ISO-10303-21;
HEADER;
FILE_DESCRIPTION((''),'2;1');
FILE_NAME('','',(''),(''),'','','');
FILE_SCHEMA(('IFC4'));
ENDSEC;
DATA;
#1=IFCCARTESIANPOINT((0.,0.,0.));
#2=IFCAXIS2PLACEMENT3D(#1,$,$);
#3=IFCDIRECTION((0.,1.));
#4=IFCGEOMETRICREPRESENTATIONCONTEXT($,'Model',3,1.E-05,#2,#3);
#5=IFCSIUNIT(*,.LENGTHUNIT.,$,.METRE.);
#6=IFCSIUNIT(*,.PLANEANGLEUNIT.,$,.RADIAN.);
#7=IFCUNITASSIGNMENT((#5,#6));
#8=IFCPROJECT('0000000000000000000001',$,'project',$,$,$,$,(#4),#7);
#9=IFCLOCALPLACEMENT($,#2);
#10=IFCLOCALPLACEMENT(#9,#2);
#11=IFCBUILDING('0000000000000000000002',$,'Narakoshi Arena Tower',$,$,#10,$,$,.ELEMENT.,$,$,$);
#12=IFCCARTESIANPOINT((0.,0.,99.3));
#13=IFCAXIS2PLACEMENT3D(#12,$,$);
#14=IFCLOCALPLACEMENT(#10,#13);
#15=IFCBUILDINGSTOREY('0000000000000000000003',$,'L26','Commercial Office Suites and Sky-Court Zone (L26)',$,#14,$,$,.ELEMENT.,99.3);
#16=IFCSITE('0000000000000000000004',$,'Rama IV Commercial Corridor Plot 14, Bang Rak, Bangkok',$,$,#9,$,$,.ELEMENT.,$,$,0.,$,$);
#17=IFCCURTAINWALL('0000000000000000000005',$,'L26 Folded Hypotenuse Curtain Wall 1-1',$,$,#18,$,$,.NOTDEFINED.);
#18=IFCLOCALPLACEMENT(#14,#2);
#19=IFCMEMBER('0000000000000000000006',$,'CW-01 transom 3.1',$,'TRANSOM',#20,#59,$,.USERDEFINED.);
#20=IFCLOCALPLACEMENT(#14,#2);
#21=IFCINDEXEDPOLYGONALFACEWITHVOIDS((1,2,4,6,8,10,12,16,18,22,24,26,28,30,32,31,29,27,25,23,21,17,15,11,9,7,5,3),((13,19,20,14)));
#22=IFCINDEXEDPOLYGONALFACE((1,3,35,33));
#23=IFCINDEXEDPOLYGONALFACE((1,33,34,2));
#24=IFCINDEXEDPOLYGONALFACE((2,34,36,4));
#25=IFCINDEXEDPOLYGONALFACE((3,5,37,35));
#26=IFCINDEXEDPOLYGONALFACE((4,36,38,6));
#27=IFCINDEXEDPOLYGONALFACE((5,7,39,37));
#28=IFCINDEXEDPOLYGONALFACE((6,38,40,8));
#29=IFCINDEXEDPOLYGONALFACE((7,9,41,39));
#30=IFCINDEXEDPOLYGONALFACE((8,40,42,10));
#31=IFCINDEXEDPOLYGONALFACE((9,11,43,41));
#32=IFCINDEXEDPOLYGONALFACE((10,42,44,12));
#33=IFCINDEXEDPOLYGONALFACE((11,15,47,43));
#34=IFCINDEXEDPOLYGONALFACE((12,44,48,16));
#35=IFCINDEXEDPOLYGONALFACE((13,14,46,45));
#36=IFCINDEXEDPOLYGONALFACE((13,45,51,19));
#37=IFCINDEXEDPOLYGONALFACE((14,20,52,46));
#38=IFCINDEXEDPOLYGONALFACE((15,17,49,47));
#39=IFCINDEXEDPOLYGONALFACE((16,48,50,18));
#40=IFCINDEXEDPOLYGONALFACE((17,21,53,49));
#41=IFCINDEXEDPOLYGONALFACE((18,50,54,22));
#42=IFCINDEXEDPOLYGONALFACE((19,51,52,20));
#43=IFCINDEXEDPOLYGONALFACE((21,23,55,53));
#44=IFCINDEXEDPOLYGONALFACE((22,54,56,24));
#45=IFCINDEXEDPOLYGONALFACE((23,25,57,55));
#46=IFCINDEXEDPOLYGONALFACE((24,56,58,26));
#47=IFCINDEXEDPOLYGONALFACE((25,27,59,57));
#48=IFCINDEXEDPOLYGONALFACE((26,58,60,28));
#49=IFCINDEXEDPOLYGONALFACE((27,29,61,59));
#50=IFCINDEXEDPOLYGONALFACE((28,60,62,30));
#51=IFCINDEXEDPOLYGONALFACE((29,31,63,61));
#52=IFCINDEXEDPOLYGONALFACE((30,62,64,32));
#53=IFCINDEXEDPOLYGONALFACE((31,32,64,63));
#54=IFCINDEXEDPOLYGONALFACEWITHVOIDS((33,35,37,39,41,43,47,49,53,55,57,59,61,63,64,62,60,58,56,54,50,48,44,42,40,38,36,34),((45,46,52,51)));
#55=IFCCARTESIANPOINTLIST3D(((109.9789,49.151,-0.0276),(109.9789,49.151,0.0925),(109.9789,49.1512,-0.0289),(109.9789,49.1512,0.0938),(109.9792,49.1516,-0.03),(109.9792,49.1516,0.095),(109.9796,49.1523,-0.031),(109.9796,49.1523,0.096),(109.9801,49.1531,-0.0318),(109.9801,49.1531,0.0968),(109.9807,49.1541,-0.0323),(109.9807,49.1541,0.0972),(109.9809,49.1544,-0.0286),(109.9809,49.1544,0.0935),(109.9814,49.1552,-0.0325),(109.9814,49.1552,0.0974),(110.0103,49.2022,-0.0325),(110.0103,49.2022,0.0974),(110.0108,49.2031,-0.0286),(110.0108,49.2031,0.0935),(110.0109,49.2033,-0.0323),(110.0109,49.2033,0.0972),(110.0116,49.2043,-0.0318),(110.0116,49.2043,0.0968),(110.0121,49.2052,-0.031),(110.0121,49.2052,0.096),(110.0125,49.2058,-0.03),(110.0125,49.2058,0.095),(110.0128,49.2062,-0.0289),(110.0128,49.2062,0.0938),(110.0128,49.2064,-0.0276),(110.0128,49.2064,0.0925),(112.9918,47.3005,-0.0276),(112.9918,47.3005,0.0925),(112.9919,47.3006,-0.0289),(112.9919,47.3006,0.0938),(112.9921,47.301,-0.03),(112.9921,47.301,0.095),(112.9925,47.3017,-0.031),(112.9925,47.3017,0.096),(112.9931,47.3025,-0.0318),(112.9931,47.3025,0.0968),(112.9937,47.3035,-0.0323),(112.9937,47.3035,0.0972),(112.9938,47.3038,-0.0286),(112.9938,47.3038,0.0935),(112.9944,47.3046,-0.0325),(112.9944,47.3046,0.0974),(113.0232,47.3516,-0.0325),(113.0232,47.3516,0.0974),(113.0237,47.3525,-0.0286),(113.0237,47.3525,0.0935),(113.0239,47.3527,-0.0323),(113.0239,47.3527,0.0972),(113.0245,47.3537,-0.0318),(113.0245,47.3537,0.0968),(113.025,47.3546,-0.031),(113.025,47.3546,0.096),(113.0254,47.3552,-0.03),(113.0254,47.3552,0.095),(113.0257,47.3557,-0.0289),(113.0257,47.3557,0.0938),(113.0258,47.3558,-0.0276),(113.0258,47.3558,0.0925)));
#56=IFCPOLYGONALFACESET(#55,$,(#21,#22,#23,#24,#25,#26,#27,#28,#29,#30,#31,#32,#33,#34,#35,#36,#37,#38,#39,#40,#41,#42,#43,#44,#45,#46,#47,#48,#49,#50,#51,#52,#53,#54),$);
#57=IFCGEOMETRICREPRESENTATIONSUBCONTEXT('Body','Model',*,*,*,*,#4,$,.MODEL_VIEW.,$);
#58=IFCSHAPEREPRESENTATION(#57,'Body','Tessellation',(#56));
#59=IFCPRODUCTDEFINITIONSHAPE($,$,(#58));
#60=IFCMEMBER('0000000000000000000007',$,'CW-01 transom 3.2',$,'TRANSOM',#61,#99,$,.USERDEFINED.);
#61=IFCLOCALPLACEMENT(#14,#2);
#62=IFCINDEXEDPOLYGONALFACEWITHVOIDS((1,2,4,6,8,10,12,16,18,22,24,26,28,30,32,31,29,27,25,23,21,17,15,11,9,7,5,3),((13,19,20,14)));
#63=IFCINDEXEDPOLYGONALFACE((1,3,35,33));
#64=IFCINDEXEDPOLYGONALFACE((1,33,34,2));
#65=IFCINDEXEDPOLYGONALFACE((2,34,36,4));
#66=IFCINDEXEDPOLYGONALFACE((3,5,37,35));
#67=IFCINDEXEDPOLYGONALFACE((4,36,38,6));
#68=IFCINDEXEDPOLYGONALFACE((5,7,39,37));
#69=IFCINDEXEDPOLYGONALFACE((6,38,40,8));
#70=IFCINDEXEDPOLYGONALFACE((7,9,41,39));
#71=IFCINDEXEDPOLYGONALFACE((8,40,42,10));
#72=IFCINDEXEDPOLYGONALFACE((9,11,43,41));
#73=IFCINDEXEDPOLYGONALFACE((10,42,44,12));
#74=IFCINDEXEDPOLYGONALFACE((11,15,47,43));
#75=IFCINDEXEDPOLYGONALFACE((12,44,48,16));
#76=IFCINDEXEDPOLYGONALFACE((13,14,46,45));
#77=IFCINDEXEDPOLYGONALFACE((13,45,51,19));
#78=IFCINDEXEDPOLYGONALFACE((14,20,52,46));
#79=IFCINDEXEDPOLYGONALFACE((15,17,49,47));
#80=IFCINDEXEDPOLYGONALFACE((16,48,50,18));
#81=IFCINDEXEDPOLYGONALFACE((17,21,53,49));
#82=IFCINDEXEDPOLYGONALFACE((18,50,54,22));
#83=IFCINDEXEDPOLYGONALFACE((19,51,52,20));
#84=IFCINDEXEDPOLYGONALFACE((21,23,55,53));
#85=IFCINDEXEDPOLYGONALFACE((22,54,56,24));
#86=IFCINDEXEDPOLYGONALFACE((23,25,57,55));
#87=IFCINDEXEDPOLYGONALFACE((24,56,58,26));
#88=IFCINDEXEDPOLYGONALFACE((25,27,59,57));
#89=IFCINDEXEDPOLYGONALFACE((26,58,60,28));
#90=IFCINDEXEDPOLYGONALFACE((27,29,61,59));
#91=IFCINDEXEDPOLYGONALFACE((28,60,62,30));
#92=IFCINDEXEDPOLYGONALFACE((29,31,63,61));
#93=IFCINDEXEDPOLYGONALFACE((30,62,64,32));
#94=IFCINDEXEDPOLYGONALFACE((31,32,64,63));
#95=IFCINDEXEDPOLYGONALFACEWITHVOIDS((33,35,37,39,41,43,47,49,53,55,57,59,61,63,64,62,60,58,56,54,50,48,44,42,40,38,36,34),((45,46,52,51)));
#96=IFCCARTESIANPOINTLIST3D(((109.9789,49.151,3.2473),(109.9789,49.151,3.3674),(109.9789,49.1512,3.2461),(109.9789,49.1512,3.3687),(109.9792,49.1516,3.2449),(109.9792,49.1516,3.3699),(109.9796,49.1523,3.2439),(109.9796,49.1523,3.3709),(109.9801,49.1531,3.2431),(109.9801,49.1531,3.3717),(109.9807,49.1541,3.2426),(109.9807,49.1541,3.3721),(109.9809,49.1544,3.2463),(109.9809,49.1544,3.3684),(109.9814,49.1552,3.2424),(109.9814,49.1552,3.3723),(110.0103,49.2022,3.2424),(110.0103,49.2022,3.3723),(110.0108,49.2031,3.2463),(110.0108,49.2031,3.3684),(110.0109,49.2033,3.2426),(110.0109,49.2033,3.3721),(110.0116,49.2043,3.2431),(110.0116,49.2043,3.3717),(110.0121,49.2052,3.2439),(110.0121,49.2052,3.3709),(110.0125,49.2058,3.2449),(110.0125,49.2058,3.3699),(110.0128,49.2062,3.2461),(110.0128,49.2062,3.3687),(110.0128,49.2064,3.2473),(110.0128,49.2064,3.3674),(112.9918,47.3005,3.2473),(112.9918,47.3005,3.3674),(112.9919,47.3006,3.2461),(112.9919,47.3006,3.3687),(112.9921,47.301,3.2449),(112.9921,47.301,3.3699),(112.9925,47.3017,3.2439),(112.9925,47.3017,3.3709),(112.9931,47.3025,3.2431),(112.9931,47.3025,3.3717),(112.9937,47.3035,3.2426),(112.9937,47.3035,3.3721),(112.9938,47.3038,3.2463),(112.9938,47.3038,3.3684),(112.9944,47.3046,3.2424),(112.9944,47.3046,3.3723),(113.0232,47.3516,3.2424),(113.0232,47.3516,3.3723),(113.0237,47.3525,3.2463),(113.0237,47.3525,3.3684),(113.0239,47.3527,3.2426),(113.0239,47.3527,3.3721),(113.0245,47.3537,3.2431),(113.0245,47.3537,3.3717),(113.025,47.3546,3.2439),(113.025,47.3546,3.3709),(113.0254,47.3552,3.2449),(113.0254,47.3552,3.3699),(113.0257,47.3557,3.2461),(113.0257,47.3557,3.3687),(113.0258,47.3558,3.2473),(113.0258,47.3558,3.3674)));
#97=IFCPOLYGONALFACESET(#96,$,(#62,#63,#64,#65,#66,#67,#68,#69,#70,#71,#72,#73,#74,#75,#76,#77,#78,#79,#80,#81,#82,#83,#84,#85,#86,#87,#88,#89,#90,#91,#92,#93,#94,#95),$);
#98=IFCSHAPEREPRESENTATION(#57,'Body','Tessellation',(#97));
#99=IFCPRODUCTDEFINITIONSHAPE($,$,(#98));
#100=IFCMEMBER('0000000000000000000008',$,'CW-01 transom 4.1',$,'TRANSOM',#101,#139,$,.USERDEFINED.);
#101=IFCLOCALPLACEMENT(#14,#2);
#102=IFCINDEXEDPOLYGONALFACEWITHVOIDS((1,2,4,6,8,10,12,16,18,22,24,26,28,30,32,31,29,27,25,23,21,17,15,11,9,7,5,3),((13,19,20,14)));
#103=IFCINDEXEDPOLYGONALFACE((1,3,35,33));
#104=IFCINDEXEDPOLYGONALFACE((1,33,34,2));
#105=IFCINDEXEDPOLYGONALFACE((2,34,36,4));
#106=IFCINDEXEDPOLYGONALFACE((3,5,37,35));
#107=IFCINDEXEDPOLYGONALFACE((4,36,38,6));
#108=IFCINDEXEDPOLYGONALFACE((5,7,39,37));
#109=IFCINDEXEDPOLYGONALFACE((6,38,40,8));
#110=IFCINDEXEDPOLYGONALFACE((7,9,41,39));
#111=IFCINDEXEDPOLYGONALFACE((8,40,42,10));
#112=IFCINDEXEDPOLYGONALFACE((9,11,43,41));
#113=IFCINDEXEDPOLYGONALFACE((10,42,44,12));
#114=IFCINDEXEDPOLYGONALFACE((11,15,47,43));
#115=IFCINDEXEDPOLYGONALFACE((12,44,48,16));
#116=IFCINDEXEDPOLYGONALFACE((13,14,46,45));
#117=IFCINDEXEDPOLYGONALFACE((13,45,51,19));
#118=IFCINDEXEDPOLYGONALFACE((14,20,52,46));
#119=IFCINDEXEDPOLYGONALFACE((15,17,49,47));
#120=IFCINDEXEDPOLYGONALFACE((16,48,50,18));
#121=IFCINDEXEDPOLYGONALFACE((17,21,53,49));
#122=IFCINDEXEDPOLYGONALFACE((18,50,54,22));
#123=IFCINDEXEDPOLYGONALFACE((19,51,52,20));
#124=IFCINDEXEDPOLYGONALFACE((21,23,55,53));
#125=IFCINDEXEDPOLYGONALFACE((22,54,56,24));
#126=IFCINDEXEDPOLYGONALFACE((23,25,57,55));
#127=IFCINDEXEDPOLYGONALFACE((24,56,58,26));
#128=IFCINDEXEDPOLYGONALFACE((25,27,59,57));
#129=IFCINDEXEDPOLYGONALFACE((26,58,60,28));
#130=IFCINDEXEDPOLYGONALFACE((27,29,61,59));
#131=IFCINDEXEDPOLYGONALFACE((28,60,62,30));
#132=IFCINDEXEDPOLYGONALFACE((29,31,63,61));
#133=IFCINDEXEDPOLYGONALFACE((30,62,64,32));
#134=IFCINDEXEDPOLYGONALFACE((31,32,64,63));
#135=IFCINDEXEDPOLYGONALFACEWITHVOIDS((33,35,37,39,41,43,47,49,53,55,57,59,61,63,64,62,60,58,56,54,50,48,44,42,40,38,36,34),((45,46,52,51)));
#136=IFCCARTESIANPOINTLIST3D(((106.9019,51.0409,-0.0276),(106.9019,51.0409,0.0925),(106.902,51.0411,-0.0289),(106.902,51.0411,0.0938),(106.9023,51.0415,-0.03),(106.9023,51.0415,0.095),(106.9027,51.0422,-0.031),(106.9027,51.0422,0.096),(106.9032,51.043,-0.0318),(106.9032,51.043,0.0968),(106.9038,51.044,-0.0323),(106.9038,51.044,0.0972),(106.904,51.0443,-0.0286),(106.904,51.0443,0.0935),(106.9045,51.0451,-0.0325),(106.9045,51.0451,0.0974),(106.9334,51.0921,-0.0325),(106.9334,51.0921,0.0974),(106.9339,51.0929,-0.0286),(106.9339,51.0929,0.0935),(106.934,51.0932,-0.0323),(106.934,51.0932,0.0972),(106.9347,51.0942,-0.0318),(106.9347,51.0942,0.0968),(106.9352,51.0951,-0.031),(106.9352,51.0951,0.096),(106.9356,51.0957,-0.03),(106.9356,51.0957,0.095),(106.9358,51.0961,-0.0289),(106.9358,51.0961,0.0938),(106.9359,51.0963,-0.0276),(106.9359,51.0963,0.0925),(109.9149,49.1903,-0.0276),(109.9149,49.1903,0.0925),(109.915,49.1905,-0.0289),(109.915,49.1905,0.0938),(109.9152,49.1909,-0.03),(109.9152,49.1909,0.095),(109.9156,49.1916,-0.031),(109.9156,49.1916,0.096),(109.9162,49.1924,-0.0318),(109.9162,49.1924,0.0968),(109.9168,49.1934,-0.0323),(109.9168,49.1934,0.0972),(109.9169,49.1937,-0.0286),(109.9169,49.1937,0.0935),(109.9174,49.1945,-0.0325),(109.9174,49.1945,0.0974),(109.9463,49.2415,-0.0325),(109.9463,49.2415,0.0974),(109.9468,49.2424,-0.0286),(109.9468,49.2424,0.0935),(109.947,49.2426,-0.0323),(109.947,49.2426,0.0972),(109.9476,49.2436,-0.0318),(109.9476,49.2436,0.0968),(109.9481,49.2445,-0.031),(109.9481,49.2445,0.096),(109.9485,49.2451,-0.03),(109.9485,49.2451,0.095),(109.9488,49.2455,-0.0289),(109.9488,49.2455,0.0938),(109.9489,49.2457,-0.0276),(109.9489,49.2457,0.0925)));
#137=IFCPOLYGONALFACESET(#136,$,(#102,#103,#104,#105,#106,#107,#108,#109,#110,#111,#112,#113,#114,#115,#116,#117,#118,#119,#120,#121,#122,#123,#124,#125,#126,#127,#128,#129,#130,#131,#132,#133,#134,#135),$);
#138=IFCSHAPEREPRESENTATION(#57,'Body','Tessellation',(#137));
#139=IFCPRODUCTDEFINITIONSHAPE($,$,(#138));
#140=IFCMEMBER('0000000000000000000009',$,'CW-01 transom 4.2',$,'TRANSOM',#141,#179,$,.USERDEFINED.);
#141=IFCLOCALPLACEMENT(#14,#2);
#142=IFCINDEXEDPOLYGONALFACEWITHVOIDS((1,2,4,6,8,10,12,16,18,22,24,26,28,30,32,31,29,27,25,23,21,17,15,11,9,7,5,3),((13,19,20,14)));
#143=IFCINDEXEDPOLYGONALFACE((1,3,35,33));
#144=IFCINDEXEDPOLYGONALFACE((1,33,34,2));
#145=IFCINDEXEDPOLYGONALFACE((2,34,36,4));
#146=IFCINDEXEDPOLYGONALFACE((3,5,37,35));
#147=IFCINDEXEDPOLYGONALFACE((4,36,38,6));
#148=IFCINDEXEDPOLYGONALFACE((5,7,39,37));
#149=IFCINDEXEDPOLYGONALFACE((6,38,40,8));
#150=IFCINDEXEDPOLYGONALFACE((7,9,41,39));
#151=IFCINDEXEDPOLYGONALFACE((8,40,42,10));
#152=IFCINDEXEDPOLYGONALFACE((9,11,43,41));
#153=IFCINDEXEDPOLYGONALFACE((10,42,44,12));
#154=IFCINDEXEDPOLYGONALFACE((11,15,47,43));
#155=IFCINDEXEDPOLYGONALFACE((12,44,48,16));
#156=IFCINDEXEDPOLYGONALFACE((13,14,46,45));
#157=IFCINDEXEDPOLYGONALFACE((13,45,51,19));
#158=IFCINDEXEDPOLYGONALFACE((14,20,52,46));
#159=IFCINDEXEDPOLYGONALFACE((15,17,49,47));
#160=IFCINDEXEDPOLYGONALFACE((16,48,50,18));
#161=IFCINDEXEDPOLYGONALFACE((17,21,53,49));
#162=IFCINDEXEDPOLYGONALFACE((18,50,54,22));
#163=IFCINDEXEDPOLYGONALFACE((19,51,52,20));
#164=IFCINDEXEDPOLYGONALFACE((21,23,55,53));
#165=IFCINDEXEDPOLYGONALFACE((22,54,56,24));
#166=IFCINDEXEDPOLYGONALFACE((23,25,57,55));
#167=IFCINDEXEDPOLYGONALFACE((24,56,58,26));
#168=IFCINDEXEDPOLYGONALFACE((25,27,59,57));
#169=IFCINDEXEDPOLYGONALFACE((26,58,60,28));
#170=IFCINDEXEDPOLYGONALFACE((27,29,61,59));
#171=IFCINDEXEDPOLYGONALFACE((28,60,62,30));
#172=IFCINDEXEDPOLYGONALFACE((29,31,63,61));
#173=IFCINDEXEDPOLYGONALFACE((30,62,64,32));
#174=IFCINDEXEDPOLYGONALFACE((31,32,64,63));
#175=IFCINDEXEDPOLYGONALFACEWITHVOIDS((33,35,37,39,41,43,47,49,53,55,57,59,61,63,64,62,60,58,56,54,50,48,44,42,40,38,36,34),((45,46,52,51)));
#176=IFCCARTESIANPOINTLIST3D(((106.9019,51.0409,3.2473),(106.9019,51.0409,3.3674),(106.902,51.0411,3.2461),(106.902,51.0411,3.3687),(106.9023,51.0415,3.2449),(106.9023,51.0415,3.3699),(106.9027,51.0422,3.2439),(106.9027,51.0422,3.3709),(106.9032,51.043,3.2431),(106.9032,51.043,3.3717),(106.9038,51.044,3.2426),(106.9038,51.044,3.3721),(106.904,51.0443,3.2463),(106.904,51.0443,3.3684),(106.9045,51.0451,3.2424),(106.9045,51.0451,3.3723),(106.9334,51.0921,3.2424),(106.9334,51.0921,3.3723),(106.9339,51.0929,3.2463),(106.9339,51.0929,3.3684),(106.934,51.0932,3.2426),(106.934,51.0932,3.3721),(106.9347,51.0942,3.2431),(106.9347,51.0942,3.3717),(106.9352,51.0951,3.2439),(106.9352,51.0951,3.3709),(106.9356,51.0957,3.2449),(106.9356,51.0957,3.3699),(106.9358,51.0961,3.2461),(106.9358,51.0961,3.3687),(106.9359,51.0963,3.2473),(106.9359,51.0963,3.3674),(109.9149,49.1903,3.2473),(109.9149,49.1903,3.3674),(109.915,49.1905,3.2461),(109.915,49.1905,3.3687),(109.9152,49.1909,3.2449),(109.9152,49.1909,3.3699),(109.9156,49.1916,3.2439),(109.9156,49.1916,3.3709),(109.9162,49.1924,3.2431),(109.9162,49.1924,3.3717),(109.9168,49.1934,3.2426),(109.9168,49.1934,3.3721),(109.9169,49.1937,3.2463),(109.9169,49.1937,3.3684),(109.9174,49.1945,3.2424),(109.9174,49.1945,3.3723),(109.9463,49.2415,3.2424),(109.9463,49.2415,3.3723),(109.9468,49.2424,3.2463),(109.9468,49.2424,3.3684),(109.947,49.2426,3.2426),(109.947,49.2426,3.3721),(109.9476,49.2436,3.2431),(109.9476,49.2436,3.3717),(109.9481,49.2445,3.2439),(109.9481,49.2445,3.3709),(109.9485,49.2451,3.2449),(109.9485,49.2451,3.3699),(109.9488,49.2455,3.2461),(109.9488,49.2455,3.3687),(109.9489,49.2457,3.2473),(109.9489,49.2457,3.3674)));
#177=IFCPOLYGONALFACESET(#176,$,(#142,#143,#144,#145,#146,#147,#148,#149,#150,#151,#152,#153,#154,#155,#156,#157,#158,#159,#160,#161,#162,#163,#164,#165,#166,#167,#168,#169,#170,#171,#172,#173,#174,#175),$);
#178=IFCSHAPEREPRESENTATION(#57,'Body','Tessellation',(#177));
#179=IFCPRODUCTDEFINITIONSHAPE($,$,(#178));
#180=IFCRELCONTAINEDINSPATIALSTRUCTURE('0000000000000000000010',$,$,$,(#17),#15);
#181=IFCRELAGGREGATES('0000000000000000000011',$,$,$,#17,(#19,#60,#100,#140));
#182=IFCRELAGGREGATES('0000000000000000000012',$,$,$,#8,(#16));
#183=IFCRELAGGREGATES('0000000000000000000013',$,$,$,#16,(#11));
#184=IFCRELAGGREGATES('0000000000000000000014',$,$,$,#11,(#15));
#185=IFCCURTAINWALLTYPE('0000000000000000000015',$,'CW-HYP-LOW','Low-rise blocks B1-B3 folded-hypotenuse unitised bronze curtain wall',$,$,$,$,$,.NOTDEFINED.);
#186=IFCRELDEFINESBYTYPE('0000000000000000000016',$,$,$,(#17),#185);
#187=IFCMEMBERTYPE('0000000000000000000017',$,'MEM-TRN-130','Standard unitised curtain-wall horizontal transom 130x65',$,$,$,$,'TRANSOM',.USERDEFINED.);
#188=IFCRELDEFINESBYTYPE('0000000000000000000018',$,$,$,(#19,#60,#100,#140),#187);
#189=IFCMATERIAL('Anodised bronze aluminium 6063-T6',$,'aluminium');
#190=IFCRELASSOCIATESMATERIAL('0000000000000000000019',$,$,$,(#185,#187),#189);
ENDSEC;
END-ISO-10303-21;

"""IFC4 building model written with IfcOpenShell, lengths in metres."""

from ifc_helpers import new_model, si_unit, direction, frame, origin, origin_2d, place, context, subcontext, project, spatial, hollow_rectangle, extrude, material, material_profile, profile_set, type_object, element, aggregate, save


model = new_model("IFC4")

# Units and contexts
model_context = context("Model", 3, precision=1e-05, world=origin(), true_north=direction((0.0, 1.0)))
body_context = subcontext(model_context, "Body", "Model", "MODEL_VIEW")
ifc_project = project(units=[si_unit("LENGTHUNIT", "METRE"), si_unit("PLANEANGLEUNIT", "RADIAN")], contexts=[model_context])

# Site, building, storey
site_placement = place(None, origin())
site = spatial("IfcSite", under=ifc_project, at=site_placement, Name="Rama IV Commercial Corridor Plot 14, Bang Rak, Bangkok", CompositionType="ELEMENT", RefElevation=0.0)
building_placement = place(site_placement, origin())
building = spatial("IfcBuilding", under=site, at=building_placement, Name="Narakoshi Arena Tower", CompositionType="ELEMENT")
storey_placement = place(building_placement, frame((0.0, 0.0, 99.3)))
storey = spatial("IfcBuildingStorey", under=building, at=storey_placement, Name="L26", Description="Commercial Office Suites and Sky-Court Zone (L26)", CompositionType="ELEMENT", Elevation=99.3)

# Curtain wall, members
ifc_material_1 = material(Name="Anodised bronze aluminium 6063-T6", Category="aluminium")
curtain_wall_type = type_object("IfcCurtainWallType", Name="CW-HYP-LOW", Description="Low-rise blocks B1-B3 folded-hypotenuse unitised bronze curtain wall", PredefinedType="NOTDEFINED", material=ifc_material_1)
curtain_wall_placement = place(storey_placement, origin())
curtain_wall = element("IfcCurtainWall", 1, at=curtain_wall_placement, inside=storey, type_object=curtain_wall_type, Name="L26 Folded Hypotenuse Curtain Wall 1-1", PredefinedType="NOTDEFINED")
ifc_material_profile_1 = material_profile(ifc_material_1, hollow_rectangle(XDim=0.0649, YDim=0.1299, WallThickness=0.0039, OuterFilletRadius=0.0049, at=origin_2d()), Name="TRN130x65x4")
ifc_profile_set_1 = profile_set([ifc_material_profile_1], Name="Anodised bronze aluminium 6063-T6")
member_type_1 = type_object("IfcMemberType", Name="MEM-TRN-130", Description="Standard unitised curtain-wall horizontal transom 130x65", ElementType="TRANSOM", PredefinedType="USERDEFINED", material=ifc_profile_set_1)
member_1_placement = place(storey_placement, frame((113.0088, 47.3281, 0.0325), z_axis=(-0.852104, 0.523373, 0.0), x_axis=(-0.523373, -0.852104, 0.0)))
member_1 = element("IfcMember", 2, at=member_1_placement, type_object=member_type_1, Name="CW-01 transom 3.1", ObjectType="TRANSOM", PredefinedType="USERDEFINED", context=body_context, shape_type="SweptSolid", body=[
    extrude(hollow_rectangle(XDim=0.0649, YDim=0.1299, WallThickness=0.0039, OuterFilletRadius=0.0049, at=origin_2d()), origin(), (0.0, 0.0, 1.0), 3.5359),
])
member_2_placement = place(storey_placement, frame((113.0088, 47.3281, 3.3074), z_axis=(-0.852104, 0.523373, 0.0), x_axis=(-0.523373, -0.852104, 0.0)))
member_2 = element("IfcMember", 3, at=member_2_placement, type_object=member_type_1, Name="CW-01 transom 3.2", ObjectType="TRANSOM", PredefinedType="USERDEFINED", context=body_context, shape_type="SweptSolid", body=[
    extrude(hollow_rectangle(XDim=0.0649, YDim=0.1299, WallThickness=0.0039, OuterFilletRadius=0.0049, at=origin_2d()), origin(), (0.0, 0.0, 1.0), 3.5359),
])
member_3_placement = place(storey_placement, frame((109.9319, 49.218, 0.0325), z_axis=(-0.852104, 0.523373, 0.0), x_axis=(-0.523373, -0.852104, 0.0)))
member_3 = element("IfcMember", 4, at=member_3_placement, type_object=member_type_1, Name="CW-01 transom 4.1", ObjectType="TRANSOM", PredefinedType="USERDEFINED", context=body_context, shape_type="SweptSolid", body=[
    extrude(hollow_rectangle(XDim=0.0649, YDim=0.1299, WallThickness=0.0039, OuterFilletRadius=0.0049, at=origin_2d()), origin(), (0.0, 0.0, 1.0), 3.5359),
])
member_4_placement = place(storey_placement, frame((109.9319, 49.218, 3.3074), z_axis=(-0.852104, 0.523373, 0.0), x_axis=(-0.523373, -0.852104, 0.0)))
member_4 = element("IfcMember", 5, at=member_4_placement, type_object=member_type_1, Name="CW-01 transom 4.2", ObjectType="TRANSOM", PredefinedType="USERDEFINED", context=body_context, shape_type="SweptSolid", body=[
    extrude(hollow_rectangle(XDim=0.0649, YDim=0.1299, WallThickness=0.0039, OuterFilletRadius=0.0049, at=origin_2d()), origin(), (0.0, 0.0, 1.0), 3.5359),
])
aggregate(curtain_wall, [member_1, member_2, member_3, member_4])

save(model, "model.ifc")
